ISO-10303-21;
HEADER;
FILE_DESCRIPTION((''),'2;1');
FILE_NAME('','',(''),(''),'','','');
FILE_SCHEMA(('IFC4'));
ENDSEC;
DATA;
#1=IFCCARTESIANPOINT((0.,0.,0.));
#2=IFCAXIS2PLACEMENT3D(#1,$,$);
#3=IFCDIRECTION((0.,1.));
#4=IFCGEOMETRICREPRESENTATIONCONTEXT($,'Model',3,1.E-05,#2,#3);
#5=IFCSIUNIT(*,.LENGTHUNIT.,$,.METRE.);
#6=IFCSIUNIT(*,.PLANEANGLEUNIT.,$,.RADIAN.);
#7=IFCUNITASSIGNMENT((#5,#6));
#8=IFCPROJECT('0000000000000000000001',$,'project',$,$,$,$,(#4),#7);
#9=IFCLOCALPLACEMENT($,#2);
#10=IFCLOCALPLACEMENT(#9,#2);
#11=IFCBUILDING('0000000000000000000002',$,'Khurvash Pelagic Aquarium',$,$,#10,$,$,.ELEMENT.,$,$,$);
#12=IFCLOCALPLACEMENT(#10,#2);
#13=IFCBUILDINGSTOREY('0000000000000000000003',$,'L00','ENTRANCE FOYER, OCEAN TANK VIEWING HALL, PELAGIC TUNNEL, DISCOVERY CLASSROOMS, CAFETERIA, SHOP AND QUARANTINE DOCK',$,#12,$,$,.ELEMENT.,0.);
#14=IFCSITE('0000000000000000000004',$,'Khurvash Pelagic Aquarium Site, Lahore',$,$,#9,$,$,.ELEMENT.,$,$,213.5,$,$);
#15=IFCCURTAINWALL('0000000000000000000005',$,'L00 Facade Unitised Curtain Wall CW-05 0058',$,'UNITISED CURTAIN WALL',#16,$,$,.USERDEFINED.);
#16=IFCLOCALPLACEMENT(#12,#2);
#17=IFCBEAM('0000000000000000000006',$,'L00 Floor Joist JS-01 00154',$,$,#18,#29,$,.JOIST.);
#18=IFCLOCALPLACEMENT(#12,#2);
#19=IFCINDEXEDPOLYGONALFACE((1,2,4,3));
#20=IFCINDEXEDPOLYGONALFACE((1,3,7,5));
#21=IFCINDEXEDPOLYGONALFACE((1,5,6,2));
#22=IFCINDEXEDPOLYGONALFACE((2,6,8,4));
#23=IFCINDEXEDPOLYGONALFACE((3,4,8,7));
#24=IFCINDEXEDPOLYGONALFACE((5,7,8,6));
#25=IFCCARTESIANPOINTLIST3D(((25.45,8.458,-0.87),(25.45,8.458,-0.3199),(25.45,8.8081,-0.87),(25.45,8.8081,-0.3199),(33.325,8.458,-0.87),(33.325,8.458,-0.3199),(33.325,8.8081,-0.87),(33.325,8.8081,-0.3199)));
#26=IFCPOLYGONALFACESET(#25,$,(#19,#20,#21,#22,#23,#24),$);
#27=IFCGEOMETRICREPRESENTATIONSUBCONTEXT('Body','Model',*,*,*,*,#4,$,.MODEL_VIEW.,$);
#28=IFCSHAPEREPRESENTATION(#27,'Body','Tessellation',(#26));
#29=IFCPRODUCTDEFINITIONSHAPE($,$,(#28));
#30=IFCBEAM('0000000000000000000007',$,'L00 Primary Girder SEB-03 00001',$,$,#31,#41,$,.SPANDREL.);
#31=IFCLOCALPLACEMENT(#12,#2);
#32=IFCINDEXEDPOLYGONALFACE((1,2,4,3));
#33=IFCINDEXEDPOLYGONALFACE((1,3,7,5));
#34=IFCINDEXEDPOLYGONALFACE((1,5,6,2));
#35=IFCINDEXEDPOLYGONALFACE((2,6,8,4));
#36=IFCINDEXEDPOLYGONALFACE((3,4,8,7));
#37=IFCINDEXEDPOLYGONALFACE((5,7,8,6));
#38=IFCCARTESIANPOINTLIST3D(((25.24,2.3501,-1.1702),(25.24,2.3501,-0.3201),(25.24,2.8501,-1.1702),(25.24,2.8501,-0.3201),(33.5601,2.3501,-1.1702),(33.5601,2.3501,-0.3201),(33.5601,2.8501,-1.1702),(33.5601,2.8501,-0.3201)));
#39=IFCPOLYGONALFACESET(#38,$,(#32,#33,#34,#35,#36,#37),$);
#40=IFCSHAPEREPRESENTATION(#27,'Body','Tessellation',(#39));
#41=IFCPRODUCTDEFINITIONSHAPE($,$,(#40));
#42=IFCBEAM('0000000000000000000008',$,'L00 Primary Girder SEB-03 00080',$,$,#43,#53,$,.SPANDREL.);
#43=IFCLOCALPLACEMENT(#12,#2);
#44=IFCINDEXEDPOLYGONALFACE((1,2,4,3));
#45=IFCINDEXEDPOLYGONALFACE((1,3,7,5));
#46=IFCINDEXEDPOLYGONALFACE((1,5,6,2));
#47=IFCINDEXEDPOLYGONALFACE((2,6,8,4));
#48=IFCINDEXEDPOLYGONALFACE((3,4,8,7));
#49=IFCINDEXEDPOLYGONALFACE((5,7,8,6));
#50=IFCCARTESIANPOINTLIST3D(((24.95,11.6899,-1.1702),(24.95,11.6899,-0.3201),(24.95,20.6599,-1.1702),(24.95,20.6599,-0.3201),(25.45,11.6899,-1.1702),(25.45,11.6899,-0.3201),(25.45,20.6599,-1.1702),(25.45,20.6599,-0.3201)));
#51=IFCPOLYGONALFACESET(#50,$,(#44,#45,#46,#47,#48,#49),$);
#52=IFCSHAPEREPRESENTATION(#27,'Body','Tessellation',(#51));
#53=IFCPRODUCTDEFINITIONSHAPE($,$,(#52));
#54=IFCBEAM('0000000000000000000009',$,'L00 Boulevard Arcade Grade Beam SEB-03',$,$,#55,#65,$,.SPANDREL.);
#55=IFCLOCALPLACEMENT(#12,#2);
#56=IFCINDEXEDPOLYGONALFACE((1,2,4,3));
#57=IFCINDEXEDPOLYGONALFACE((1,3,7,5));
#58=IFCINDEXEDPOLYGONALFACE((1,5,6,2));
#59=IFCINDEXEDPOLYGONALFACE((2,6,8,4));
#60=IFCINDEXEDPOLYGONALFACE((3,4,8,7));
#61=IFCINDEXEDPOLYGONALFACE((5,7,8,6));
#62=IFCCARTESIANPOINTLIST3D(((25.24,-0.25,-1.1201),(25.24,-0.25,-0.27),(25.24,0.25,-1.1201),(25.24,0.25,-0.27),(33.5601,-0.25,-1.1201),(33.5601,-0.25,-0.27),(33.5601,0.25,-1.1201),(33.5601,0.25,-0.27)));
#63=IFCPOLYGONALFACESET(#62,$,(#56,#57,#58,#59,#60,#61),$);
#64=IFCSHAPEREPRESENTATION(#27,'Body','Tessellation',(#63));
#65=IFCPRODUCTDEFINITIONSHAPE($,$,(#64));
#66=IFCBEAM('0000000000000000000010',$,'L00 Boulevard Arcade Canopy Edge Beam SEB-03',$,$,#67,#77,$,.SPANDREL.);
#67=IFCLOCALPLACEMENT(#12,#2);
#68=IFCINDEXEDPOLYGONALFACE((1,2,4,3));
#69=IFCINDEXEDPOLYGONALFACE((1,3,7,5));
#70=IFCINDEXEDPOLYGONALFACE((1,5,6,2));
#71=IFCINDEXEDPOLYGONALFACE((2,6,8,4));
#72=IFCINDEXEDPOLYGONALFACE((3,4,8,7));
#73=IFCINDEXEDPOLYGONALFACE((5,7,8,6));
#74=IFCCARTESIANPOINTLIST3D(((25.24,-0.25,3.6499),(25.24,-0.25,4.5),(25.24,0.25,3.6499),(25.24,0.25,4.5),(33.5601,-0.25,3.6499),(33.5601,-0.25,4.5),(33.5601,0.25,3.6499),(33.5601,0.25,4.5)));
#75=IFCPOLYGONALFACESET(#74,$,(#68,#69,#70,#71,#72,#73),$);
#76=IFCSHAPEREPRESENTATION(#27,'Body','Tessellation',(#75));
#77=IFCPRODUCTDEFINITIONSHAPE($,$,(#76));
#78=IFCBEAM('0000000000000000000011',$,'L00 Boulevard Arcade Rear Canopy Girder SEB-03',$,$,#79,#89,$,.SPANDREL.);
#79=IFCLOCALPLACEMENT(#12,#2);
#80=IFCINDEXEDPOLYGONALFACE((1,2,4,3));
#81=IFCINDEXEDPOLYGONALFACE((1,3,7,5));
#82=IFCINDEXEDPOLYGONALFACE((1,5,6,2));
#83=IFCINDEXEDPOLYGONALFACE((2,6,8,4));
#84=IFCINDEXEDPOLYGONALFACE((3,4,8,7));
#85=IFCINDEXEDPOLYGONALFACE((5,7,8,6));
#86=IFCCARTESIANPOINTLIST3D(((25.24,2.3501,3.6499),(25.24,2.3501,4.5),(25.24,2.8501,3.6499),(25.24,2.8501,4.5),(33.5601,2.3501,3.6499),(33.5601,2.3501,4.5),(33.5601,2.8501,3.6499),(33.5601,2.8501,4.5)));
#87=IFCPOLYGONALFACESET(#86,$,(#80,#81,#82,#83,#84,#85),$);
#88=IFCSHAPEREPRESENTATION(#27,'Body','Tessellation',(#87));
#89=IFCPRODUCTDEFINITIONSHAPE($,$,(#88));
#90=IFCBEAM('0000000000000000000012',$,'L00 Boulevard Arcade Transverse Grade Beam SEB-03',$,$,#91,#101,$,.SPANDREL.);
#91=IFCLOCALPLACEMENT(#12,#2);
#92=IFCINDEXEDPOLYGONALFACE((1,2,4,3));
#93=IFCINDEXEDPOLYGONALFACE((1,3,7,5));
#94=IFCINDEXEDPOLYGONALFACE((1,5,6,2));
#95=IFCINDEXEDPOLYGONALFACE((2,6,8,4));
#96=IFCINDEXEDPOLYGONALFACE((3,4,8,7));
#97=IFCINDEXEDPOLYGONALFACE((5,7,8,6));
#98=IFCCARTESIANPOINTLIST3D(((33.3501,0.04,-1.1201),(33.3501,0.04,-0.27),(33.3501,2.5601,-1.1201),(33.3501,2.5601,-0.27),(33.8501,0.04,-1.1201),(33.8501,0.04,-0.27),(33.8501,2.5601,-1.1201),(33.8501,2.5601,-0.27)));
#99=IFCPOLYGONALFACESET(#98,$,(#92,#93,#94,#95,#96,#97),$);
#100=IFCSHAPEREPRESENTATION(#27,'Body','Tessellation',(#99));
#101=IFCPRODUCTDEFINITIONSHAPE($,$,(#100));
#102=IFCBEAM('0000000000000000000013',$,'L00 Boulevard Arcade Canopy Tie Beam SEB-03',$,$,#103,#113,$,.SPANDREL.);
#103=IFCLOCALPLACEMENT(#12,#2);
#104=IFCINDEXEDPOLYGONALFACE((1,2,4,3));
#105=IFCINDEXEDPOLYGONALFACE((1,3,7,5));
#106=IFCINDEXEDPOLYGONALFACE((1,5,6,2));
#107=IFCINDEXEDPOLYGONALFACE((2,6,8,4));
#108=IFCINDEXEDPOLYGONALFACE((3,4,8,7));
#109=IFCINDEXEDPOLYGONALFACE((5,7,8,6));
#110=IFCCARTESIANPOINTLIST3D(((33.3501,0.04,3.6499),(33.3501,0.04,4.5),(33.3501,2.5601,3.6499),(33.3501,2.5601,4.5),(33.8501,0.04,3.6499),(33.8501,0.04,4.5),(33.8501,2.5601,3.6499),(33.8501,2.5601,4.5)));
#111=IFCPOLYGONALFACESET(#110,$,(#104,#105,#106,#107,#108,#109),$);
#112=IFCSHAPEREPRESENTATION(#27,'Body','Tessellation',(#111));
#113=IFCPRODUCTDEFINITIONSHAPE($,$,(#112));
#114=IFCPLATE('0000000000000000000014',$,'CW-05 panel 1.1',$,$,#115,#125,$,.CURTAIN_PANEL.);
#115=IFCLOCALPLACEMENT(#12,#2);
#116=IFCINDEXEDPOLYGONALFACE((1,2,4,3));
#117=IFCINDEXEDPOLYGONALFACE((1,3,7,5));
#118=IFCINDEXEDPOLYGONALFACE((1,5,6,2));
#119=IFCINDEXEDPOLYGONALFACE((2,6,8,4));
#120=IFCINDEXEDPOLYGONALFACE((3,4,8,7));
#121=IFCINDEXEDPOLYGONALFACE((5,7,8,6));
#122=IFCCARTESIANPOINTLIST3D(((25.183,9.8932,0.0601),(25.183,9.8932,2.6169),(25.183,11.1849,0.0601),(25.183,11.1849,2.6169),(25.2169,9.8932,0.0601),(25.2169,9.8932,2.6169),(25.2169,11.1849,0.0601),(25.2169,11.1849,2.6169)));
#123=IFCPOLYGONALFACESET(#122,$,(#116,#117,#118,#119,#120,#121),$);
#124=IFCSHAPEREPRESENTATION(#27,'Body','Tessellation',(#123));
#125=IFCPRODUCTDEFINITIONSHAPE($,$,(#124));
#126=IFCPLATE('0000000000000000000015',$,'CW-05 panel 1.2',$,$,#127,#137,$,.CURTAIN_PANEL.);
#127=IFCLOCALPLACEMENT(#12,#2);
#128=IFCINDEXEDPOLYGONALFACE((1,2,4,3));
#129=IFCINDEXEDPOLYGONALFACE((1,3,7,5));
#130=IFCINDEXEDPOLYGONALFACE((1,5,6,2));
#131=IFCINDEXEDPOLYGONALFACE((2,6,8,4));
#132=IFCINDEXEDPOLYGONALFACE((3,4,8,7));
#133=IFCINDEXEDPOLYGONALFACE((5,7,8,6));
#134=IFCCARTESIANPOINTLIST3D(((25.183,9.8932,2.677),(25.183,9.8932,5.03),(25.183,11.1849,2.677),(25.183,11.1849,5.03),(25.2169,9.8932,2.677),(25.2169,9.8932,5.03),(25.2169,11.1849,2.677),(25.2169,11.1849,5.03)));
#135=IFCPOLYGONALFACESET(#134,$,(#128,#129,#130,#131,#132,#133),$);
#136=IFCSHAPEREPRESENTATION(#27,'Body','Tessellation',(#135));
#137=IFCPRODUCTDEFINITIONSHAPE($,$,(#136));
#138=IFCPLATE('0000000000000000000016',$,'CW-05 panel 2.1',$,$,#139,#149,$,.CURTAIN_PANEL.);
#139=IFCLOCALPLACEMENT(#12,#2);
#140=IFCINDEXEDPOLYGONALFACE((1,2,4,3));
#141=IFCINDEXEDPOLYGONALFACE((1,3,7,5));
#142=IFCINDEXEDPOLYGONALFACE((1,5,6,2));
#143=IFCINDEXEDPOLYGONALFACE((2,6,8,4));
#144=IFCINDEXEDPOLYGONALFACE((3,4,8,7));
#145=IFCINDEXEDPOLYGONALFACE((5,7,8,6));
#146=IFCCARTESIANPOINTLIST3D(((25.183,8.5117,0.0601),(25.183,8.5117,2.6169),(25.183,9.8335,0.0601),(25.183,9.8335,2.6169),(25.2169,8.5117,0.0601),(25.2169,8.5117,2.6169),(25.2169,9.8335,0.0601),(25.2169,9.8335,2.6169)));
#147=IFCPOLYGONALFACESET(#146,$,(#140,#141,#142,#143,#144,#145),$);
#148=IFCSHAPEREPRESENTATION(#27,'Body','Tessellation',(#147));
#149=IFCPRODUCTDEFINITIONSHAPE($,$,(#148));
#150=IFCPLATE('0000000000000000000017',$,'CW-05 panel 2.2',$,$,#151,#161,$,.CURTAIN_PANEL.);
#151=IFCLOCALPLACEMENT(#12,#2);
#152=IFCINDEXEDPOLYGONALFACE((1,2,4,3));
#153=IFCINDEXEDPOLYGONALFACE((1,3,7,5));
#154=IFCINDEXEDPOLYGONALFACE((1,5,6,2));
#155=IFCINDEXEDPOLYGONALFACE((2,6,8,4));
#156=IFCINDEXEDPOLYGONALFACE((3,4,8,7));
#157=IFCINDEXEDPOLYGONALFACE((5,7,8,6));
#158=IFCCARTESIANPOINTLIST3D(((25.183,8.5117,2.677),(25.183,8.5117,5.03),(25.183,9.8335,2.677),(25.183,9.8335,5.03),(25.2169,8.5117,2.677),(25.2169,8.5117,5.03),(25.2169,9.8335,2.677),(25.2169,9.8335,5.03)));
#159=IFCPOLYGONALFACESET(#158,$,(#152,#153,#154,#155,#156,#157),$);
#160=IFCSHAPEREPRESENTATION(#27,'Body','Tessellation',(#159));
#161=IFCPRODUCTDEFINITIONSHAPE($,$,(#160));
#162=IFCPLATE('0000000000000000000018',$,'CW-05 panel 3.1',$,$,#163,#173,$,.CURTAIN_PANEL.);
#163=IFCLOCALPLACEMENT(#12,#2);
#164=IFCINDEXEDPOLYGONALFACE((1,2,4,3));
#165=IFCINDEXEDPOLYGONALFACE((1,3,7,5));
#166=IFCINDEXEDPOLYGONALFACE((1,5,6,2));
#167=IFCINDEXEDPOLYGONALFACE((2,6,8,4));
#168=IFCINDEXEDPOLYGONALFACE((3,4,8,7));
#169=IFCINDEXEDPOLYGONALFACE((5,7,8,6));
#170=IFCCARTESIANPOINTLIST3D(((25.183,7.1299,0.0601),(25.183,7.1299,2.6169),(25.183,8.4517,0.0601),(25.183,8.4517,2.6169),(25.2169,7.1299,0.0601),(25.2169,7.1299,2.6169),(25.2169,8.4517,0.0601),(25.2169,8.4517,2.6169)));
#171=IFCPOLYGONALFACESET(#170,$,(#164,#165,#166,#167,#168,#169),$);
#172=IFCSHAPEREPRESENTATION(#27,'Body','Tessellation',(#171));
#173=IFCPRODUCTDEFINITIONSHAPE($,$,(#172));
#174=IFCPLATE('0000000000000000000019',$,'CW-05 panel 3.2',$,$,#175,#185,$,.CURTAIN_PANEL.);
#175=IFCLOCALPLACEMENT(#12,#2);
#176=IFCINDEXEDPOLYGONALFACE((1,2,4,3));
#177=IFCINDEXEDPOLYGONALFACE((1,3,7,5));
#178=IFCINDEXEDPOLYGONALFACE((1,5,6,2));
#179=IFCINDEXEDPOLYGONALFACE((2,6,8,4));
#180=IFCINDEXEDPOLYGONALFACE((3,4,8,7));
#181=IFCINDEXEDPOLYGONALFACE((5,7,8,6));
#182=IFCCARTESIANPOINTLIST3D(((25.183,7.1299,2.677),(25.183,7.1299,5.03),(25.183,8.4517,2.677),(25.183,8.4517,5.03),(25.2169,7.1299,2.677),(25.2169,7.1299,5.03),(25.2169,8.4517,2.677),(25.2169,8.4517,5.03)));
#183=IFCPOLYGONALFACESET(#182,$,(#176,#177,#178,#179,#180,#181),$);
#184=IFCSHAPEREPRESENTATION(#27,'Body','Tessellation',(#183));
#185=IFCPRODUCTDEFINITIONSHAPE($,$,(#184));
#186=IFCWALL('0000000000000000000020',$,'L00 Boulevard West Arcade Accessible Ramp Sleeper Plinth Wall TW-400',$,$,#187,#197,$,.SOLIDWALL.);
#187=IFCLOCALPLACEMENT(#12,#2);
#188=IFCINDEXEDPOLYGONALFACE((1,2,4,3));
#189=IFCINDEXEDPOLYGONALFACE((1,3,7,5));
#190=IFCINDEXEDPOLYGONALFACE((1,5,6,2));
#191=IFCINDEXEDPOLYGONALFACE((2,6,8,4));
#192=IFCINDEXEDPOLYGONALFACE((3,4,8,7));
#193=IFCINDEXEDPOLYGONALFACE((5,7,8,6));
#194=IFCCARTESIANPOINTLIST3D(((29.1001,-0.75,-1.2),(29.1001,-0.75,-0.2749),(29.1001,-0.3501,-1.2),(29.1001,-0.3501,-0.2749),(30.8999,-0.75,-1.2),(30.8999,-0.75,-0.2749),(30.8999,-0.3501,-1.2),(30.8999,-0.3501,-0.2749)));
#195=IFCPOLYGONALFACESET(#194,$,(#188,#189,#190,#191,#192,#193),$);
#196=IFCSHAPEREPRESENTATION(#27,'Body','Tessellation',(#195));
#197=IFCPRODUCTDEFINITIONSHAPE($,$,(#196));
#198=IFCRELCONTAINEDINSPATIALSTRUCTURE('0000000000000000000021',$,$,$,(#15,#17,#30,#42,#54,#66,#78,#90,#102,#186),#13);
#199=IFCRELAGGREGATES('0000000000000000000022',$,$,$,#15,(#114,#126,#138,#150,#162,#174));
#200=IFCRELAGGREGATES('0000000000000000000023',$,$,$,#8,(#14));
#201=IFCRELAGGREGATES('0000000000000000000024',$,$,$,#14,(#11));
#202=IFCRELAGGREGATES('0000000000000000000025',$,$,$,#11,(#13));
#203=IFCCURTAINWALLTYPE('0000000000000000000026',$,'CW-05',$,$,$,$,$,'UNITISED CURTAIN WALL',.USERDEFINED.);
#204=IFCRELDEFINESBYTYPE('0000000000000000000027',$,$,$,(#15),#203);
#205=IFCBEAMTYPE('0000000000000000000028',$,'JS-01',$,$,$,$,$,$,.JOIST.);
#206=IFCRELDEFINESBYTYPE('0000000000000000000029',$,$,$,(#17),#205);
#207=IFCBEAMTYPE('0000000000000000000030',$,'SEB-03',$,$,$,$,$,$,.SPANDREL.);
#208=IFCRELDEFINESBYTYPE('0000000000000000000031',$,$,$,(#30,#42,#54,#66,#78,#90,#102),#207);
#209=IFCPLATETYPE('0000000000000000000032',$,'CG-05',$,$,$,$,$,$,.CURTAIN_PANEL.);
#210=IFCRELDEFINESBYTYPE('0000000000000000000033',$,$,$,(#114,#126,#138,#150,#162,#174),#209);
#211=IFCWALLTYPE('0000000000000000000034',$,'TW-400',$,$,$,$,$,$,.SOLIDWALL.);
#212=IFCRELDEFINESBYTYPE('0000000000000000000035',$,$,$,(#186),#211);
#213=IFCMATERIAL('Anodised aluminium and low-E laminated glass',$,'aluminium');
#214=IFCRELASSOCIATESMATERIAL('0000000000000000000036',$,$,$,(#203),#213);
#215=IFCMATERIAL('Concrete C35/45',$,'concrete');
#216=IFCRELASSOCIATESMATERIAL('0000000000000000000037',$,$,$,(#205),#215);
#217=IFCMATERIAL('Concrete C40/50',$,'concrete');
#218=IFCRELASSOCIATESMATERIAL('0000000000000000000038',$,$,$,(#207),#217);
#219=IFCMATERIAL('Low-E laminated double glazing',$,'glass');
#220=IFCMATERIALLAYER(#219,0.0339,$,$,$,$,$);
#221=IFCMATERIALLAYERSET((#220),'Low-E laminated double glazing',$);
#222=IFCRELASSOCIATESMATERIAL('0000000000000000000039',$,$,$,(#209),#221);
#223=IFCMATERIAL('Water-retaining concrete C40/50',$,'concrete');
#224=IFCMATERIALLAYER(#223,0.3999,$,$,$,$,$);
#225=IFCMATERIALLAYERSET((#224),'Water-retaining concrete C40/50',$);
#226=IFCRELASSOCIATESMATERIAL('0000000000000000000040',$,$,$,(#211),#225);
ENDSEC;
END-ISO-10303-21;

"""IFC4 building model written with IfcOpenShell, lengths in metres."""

from ifc_helpers import new_model, si_unit, direction, frame, frame_2d, origin, origin_2d, place, context, subcontext, project, spatial, rectangle, extrude, material, layer, layer_set, material_profile, profile_set, type_object, element, aggregate, save


model = new_model("IFC4")

# Units and contexts
model_context = context("Model", 3, precision=1e-05, world=origin(), true_north=direction((0.0, 1.0)))
body_context = subcontext(model_context, "Body", "Model", "MODEL_VIEW")
ifc_project = project(units=[si_unit("LENGTHUNIT", "METRE"), si_unit("PLANEANGLEUNIT", "RADIAN")], contexts=[model_context])

# Site, building, storey
site_placement = place(None, origin())
site = spatial("IfcSite", under=ifc_project, at=site_placement, Name="Khurvash Pelagic Aquarium Site, Lahore", CompositionType="ELEMENT", RefElevation=213.5)
building_placement = place(site_placement, origin())
building = spatial("IfcBuilding", under=site, at=building_placement, Name="Khurvash Pelagic Aquarium", CompositionType="ELEMENT")
storey_placement = place(building_placement, origin())
storey = spatial("IfcBuildingStorey", under=building, at=storey_placement, Name="L00", Description="ENTRANCE FOYER, OCEAN TANK VIEWING HALL, PELAGIC TUNNEL, DISCOVERY CLASSROOMS, CAFETERIA, SHOP AND QUARANTINE DOCK", CompositionType="ELEMENT", Elevation=0.0)

# Shared definitions
ifc_material_1 = material(Name="Concrete C40/50", Category="concrete")

# Shared definitions
ifc_material_2 = material(Name="Anodised aluminium and low-E laminated glass", Category="aluminium")
curtain_wall_type = type_object("IfcCurtainWallType", Name="CW-05", ElementType="UNITISED CURTAIN WALL", PredefinedType="USERDEFINED", material=ifc_material_2)

# Curtain wall
curtain_wall_1_placement = place(storey_placement, origin())
curtain_wall_1 = element("IfcCurtainWall", 1, at=curtain_wall_1_placement, inside=storey, type_object=curtain_wall_type, Name="L00 Facade Unitised Curtain Wall CW-05 0058", ObjectType="UNITISED CURTAIN WALL", PredefinedType="USERDEFINED")

# Beams
ifc_material_3 = material(Name="Concrete C35/45", Category="concrete")
ifc_material_profile_1 = material_profile(ifc_material_3, rectangle(XDim=0.3501, YDim=0.55, at=origin_2d()), Name="RC350X550")
ifc_profile_set_1 = profile_set([ifc_material_profile_1], Name="Concrete C35/45")
beam_type_1 = type_object("IfcBeamType", Name="JS-01", PredefinedType="JOIST", material=ifc_profile_set_1)
for number, where, z_axis, x_axis, name in (
    (2, (25.45, 8.6331, -0.595), (1.0, 0.0, 0.0), (0.0, 1.0, 0.0), "L00 Floor Joist JS-01 00154"),
):
    element("IfcBeam", number, at=place(storey_placement, frame(where, z_axis=z_axis, x_axis=x_axis)), inside=storey, type_object=beam_type_1, Name=name, PredefinedType="JOIST", context=body_context, shape_type="SweptSolid", body=[
        extrude(rectangle(XDim=0.3501, YDim=0.55, at=origin_2d()), origin(), (0.0, 0.0, 1.0), 7.875),
    ])
ifc_material_profile_2 = material_profile(ifc_material_1, rectangle(XDim=0.5, YDim=0.8501, at=origin_2d()), Name="RC500X850")
ifc_profile_set_2 = profile_set([ifc_material_profile_2], Name="Concrete C40/50")
beam_type_2 = type_object("IfcBeamType", Name="SEB-03", PredefinedType="SPANDREL", material=ifc_profile_set_2)
beam_1_placement = place(storey_placement, frame((25.24, 2.6001, -0.7451), z_axis=(1.0, 0.0, 0.0), x_axis=(0.0, 1.0, 0.0)))
element("IfcBeam", 3, at=beam_1_placement, inside=storey, type_object=beam_type_2, Name="L00 Primary Girder SEB-03 00001", PredefinedType="SPANDREL", context=body_context, shape_type="SweptSolid", body=[
    extrude(rectangle(XDim=0.5, YDim=0.8501, at=origin_2d()), origin(), (0.0, 0.0, 1.0), 8.3201),
])
beam_2_placement = place(storey_placement, frame((25.2, 11.6899, -0.7451), z_axis=(0.0, 1.0, 0.0), x_axis=(-1.0, 0.0, 0.0)))
element("IfcBeam", 4, at=beam_2_placement, inside=storey, type_object=beam_type_2, Name="L00 Primary Girder SEB-03 00080", PredefinedType="SPANDREL", context=body_context, shape_type="SweptSolid", body=[
    extrude(rectangle(XDim=0.5, YDim=0.8501, at=origin_2d()), origin(), (0.0, 0.0, 1.0), 8.97),
])
for number, where, z_axis, x_axis, name in (
    (5, (25.24, 0.0, -0.6951), (1.0, 0.0, 0.0), (0.0, 1.0, 0.0), "L00 Boulevard Arcade Grade Beam SEB-03"),
    (6, (25.24, 0.0, 4.075), (1.0, 0.0, 0.0), (0.0, 1.0, 0.0), "L00 Boulevard Arcade Canopy Edge Beam SEB-03"),
    (7, (25.24, 2.6001, 4.075), (1.0, 0.0, 0.0), (0.0, 1.0, 0.0), "L00 Boulevard Arcade Rear Canopy Girder SEB-03"),
):
    element("IfcBeam", number, at=place(storey_placement, frame(where, z_axis=z_axis, x_axis=x_axis)), inside=storey, type_object=beam_type_2, Name=name, PredefinedType="SPANDREL", context=body_context, shape_type="SweptSolid", body=[
        extrude(rectangle(XDim=0.5, YDim=0.8501, at=origin_2d()), origin(), (0.0, 0.0, 1.0), 8.3201),
    ])
for number, where, z_axis, x_axis, name in (
    (8, (33.6001, 0.04, -0.6951), (0.0, 1.0, 0.0), (-1.0, 0.0, 0.0), "L00 Boulevard Arcade Transverse Grade Beam SEB-03"),
    (9, (33.6001, 0.04, 4.075), (0.0, 1.0, 0.0), (-1.0, 0.0, 0.0), "L00 Boulevard Arcade Canopy Tie Beam SEB-03"),
):
    element("IfcBeam", number, at=place(storey_placement, frame(where, z_axis=z_axis, x_axis=x_axis)), inside=storey, type_object=beam_type_2, Name=name, PredefinedType="SPANDREL", context=body_context, shape_type="SweptSolid", body=[
        extrude(rectangle(XDim=0.5, YDim=0.8501, at=origin_2d()), origin(), (0.0, 0.0, 1.0), 2.52),
    ])

# Plates
ifc_material_4 = material(Name="Low-E laminated double glazing", Category="glass")
ifc_layer_1 = layer(ifc_material_4, 0.0339)
ifc_layer_set_1 = layer_set([ifc_layer_1], Name="Low-E laminated double glazing")
plate_type = type_object("IfcPlateType", Name="CG-05", PredefinedType="CURTAIN_PANEL", material=ifc_layer_set_1)
plate_1_placement = place(storey_placement, frame((25.2, 10.5391, 0.0601), z_axis=(0.0, 0.0, 1.0), x_axis=(0.0, -1.0, 0.0)))
plate_1 = element("IfcPlate", 10, at=plate_1_placement, type_object=plate_type, Name="CW-05 panel 1.1", PredefinedType="CURTAIN_PANEL", context=body_context, shape_type="SweptSolid", body=[
    extrude(rectangle(XDim=1.2917, YDim=0.0339, at=origin_2d()), origin(), (0.0, 0.0, 1.0), 2.5569),
])
plate_2_placement = place(storey_placement, frame((25.2, 10.5391, 2.677), z_axis=(0.0, 0.0, 1.0), x_axis=(0.0, -1.0, 0.0)))
plate_2 = element("IfcPlate", 11, at=plate_2_placement, type_object=plate_type, Name="CW-05 panel 1.2", PredefinedType="CURTAIN_PANEL", context=body_context, shape_type="SweptSolid", body=[
    extrude(rectangle(XDim=1.2917, YDim=0.0339, at=origin_2d()), origin(), (0.0, 0.0, 1.0), 2.353),
])
plate_3_placement = place(storey_placement, frame((25.2, 9.1726, 0.0601), z_axis=(0.0, 0.0, 1.0), x_axis=(0.0, -1.0, 0.0)))
plate_3 = element("IfcPlate", 12, at=plate_3_placement, type_object=plate_type, Name="CW-05 panel 2.1", PredefinedType="CURTAIN_PANEL", context=body_context, shape_type="SweptSolid", body=[
    extrude(rectangle(XDim=1.3218, YDim=0.0339, at=origin_2d()), origin(), (0.0, 0.0, 1.0), 2.5569),
])
plate_4_placement = place(storey_placement, frame((25.2, 9.1726, 2.677), z_axis=(0.0, 0.0, 1.0), x_axis=(0.0, -1.0, 0.0)))
plate_4 = element("IfcPlate", 13, at=plate_4_placement, type_object=plate_type, Name="CW-05 panel 2.2", PredefinedType="CURTAIN_PANEL", context=body_context, shape_type="SweptSolid", body=[
    extrude(rectangle(XDim=1.3218, YDim=0.0339, at=origin_2d()), origin(), (0.0, 0.0, 1.0), 2.353),
])
plate_5_placement = place(storey_placement, frame((25.2, 7.7908, 0.0601), z_axis=(0.0, 0.0, 1.0), x_axis=(0.0, -1.0, 0.0)))
plate_5 = element("IfcPlate", 14, at=plate_5_placement, type_object=plate_type, Name="CW-05 panel 3.1", PredefinedType="CURTAIN_PANEL", context=body_context, shape_type="SweptSolid", body=[
    extrude(rectangle(XDim=1.3218, YDim=0.0339, at=origin_2d()), origin(), (0.0, 0.0, 1.0), 2.5569),
])
plate_6_placement = place(storey_placement, frame((25.2, 7.7908, 2.677), z_axis=(0.0, 0.0, 1.0), x_axis=(0.0, -1.0, 0.0)))
plate_6 = element("IfcPlate", 15, at=plate_6_placement, type_object=plate_type, Name="CW-05 panel 3.2", PredefinedType="CURTAIN_PANEL", context=body_context, shape_type="SweptSolid", body=[
    extrude(rectangle(XDim=1.3218, YDim=0.0339, at=origin_2d()), origin(), (0.0, 0.0, 1.0), 2.353),
])
aggregate(curtain_wall_1, [plate_1, plate_2, plate_3, plate_4, plate_5, plate_6])

# Wall
ifc_material_5 = material(Name="Water-retaining concrete C40/50", Category="concrete")
ifc_layer_2 = layer(ifc_material_5, 0.3999)
ifc_layer_set_2 = layer_set([ifc_layer_2], Name="Water-retaining concrete C40/50")
wall_type_1 = type_object("IfcWallType", Name="TW-400", PredefinedType="SOLIDWALL", material=ifc_layer_set_2)
wall_1_placement = place(storey_placement, frame((29.1001, -0.55, -1.2), z_axis=(0.0, 0.0, 1.0), x_axis=(1.0, 0.0, 0.0)))
element("IfcWall", 16, at=wall_1_placement, inside=storey, type_object=wall_type_1, Name="L00 Boulevard West Arcade Accessible Ramp Sleeper Plinth Wall TW-400", PredefinedType="SOLIDWALL", context=body_context, shape_type="SweptSolid", body=[
    extrude(rectangle(XDim=1.7998, YDim=0.3999, at=frame_2d((0.8999, 0.0))), origin(), (0.0, 0.0, 1.0), 0.925),
])

save(model, "model.ifc")
